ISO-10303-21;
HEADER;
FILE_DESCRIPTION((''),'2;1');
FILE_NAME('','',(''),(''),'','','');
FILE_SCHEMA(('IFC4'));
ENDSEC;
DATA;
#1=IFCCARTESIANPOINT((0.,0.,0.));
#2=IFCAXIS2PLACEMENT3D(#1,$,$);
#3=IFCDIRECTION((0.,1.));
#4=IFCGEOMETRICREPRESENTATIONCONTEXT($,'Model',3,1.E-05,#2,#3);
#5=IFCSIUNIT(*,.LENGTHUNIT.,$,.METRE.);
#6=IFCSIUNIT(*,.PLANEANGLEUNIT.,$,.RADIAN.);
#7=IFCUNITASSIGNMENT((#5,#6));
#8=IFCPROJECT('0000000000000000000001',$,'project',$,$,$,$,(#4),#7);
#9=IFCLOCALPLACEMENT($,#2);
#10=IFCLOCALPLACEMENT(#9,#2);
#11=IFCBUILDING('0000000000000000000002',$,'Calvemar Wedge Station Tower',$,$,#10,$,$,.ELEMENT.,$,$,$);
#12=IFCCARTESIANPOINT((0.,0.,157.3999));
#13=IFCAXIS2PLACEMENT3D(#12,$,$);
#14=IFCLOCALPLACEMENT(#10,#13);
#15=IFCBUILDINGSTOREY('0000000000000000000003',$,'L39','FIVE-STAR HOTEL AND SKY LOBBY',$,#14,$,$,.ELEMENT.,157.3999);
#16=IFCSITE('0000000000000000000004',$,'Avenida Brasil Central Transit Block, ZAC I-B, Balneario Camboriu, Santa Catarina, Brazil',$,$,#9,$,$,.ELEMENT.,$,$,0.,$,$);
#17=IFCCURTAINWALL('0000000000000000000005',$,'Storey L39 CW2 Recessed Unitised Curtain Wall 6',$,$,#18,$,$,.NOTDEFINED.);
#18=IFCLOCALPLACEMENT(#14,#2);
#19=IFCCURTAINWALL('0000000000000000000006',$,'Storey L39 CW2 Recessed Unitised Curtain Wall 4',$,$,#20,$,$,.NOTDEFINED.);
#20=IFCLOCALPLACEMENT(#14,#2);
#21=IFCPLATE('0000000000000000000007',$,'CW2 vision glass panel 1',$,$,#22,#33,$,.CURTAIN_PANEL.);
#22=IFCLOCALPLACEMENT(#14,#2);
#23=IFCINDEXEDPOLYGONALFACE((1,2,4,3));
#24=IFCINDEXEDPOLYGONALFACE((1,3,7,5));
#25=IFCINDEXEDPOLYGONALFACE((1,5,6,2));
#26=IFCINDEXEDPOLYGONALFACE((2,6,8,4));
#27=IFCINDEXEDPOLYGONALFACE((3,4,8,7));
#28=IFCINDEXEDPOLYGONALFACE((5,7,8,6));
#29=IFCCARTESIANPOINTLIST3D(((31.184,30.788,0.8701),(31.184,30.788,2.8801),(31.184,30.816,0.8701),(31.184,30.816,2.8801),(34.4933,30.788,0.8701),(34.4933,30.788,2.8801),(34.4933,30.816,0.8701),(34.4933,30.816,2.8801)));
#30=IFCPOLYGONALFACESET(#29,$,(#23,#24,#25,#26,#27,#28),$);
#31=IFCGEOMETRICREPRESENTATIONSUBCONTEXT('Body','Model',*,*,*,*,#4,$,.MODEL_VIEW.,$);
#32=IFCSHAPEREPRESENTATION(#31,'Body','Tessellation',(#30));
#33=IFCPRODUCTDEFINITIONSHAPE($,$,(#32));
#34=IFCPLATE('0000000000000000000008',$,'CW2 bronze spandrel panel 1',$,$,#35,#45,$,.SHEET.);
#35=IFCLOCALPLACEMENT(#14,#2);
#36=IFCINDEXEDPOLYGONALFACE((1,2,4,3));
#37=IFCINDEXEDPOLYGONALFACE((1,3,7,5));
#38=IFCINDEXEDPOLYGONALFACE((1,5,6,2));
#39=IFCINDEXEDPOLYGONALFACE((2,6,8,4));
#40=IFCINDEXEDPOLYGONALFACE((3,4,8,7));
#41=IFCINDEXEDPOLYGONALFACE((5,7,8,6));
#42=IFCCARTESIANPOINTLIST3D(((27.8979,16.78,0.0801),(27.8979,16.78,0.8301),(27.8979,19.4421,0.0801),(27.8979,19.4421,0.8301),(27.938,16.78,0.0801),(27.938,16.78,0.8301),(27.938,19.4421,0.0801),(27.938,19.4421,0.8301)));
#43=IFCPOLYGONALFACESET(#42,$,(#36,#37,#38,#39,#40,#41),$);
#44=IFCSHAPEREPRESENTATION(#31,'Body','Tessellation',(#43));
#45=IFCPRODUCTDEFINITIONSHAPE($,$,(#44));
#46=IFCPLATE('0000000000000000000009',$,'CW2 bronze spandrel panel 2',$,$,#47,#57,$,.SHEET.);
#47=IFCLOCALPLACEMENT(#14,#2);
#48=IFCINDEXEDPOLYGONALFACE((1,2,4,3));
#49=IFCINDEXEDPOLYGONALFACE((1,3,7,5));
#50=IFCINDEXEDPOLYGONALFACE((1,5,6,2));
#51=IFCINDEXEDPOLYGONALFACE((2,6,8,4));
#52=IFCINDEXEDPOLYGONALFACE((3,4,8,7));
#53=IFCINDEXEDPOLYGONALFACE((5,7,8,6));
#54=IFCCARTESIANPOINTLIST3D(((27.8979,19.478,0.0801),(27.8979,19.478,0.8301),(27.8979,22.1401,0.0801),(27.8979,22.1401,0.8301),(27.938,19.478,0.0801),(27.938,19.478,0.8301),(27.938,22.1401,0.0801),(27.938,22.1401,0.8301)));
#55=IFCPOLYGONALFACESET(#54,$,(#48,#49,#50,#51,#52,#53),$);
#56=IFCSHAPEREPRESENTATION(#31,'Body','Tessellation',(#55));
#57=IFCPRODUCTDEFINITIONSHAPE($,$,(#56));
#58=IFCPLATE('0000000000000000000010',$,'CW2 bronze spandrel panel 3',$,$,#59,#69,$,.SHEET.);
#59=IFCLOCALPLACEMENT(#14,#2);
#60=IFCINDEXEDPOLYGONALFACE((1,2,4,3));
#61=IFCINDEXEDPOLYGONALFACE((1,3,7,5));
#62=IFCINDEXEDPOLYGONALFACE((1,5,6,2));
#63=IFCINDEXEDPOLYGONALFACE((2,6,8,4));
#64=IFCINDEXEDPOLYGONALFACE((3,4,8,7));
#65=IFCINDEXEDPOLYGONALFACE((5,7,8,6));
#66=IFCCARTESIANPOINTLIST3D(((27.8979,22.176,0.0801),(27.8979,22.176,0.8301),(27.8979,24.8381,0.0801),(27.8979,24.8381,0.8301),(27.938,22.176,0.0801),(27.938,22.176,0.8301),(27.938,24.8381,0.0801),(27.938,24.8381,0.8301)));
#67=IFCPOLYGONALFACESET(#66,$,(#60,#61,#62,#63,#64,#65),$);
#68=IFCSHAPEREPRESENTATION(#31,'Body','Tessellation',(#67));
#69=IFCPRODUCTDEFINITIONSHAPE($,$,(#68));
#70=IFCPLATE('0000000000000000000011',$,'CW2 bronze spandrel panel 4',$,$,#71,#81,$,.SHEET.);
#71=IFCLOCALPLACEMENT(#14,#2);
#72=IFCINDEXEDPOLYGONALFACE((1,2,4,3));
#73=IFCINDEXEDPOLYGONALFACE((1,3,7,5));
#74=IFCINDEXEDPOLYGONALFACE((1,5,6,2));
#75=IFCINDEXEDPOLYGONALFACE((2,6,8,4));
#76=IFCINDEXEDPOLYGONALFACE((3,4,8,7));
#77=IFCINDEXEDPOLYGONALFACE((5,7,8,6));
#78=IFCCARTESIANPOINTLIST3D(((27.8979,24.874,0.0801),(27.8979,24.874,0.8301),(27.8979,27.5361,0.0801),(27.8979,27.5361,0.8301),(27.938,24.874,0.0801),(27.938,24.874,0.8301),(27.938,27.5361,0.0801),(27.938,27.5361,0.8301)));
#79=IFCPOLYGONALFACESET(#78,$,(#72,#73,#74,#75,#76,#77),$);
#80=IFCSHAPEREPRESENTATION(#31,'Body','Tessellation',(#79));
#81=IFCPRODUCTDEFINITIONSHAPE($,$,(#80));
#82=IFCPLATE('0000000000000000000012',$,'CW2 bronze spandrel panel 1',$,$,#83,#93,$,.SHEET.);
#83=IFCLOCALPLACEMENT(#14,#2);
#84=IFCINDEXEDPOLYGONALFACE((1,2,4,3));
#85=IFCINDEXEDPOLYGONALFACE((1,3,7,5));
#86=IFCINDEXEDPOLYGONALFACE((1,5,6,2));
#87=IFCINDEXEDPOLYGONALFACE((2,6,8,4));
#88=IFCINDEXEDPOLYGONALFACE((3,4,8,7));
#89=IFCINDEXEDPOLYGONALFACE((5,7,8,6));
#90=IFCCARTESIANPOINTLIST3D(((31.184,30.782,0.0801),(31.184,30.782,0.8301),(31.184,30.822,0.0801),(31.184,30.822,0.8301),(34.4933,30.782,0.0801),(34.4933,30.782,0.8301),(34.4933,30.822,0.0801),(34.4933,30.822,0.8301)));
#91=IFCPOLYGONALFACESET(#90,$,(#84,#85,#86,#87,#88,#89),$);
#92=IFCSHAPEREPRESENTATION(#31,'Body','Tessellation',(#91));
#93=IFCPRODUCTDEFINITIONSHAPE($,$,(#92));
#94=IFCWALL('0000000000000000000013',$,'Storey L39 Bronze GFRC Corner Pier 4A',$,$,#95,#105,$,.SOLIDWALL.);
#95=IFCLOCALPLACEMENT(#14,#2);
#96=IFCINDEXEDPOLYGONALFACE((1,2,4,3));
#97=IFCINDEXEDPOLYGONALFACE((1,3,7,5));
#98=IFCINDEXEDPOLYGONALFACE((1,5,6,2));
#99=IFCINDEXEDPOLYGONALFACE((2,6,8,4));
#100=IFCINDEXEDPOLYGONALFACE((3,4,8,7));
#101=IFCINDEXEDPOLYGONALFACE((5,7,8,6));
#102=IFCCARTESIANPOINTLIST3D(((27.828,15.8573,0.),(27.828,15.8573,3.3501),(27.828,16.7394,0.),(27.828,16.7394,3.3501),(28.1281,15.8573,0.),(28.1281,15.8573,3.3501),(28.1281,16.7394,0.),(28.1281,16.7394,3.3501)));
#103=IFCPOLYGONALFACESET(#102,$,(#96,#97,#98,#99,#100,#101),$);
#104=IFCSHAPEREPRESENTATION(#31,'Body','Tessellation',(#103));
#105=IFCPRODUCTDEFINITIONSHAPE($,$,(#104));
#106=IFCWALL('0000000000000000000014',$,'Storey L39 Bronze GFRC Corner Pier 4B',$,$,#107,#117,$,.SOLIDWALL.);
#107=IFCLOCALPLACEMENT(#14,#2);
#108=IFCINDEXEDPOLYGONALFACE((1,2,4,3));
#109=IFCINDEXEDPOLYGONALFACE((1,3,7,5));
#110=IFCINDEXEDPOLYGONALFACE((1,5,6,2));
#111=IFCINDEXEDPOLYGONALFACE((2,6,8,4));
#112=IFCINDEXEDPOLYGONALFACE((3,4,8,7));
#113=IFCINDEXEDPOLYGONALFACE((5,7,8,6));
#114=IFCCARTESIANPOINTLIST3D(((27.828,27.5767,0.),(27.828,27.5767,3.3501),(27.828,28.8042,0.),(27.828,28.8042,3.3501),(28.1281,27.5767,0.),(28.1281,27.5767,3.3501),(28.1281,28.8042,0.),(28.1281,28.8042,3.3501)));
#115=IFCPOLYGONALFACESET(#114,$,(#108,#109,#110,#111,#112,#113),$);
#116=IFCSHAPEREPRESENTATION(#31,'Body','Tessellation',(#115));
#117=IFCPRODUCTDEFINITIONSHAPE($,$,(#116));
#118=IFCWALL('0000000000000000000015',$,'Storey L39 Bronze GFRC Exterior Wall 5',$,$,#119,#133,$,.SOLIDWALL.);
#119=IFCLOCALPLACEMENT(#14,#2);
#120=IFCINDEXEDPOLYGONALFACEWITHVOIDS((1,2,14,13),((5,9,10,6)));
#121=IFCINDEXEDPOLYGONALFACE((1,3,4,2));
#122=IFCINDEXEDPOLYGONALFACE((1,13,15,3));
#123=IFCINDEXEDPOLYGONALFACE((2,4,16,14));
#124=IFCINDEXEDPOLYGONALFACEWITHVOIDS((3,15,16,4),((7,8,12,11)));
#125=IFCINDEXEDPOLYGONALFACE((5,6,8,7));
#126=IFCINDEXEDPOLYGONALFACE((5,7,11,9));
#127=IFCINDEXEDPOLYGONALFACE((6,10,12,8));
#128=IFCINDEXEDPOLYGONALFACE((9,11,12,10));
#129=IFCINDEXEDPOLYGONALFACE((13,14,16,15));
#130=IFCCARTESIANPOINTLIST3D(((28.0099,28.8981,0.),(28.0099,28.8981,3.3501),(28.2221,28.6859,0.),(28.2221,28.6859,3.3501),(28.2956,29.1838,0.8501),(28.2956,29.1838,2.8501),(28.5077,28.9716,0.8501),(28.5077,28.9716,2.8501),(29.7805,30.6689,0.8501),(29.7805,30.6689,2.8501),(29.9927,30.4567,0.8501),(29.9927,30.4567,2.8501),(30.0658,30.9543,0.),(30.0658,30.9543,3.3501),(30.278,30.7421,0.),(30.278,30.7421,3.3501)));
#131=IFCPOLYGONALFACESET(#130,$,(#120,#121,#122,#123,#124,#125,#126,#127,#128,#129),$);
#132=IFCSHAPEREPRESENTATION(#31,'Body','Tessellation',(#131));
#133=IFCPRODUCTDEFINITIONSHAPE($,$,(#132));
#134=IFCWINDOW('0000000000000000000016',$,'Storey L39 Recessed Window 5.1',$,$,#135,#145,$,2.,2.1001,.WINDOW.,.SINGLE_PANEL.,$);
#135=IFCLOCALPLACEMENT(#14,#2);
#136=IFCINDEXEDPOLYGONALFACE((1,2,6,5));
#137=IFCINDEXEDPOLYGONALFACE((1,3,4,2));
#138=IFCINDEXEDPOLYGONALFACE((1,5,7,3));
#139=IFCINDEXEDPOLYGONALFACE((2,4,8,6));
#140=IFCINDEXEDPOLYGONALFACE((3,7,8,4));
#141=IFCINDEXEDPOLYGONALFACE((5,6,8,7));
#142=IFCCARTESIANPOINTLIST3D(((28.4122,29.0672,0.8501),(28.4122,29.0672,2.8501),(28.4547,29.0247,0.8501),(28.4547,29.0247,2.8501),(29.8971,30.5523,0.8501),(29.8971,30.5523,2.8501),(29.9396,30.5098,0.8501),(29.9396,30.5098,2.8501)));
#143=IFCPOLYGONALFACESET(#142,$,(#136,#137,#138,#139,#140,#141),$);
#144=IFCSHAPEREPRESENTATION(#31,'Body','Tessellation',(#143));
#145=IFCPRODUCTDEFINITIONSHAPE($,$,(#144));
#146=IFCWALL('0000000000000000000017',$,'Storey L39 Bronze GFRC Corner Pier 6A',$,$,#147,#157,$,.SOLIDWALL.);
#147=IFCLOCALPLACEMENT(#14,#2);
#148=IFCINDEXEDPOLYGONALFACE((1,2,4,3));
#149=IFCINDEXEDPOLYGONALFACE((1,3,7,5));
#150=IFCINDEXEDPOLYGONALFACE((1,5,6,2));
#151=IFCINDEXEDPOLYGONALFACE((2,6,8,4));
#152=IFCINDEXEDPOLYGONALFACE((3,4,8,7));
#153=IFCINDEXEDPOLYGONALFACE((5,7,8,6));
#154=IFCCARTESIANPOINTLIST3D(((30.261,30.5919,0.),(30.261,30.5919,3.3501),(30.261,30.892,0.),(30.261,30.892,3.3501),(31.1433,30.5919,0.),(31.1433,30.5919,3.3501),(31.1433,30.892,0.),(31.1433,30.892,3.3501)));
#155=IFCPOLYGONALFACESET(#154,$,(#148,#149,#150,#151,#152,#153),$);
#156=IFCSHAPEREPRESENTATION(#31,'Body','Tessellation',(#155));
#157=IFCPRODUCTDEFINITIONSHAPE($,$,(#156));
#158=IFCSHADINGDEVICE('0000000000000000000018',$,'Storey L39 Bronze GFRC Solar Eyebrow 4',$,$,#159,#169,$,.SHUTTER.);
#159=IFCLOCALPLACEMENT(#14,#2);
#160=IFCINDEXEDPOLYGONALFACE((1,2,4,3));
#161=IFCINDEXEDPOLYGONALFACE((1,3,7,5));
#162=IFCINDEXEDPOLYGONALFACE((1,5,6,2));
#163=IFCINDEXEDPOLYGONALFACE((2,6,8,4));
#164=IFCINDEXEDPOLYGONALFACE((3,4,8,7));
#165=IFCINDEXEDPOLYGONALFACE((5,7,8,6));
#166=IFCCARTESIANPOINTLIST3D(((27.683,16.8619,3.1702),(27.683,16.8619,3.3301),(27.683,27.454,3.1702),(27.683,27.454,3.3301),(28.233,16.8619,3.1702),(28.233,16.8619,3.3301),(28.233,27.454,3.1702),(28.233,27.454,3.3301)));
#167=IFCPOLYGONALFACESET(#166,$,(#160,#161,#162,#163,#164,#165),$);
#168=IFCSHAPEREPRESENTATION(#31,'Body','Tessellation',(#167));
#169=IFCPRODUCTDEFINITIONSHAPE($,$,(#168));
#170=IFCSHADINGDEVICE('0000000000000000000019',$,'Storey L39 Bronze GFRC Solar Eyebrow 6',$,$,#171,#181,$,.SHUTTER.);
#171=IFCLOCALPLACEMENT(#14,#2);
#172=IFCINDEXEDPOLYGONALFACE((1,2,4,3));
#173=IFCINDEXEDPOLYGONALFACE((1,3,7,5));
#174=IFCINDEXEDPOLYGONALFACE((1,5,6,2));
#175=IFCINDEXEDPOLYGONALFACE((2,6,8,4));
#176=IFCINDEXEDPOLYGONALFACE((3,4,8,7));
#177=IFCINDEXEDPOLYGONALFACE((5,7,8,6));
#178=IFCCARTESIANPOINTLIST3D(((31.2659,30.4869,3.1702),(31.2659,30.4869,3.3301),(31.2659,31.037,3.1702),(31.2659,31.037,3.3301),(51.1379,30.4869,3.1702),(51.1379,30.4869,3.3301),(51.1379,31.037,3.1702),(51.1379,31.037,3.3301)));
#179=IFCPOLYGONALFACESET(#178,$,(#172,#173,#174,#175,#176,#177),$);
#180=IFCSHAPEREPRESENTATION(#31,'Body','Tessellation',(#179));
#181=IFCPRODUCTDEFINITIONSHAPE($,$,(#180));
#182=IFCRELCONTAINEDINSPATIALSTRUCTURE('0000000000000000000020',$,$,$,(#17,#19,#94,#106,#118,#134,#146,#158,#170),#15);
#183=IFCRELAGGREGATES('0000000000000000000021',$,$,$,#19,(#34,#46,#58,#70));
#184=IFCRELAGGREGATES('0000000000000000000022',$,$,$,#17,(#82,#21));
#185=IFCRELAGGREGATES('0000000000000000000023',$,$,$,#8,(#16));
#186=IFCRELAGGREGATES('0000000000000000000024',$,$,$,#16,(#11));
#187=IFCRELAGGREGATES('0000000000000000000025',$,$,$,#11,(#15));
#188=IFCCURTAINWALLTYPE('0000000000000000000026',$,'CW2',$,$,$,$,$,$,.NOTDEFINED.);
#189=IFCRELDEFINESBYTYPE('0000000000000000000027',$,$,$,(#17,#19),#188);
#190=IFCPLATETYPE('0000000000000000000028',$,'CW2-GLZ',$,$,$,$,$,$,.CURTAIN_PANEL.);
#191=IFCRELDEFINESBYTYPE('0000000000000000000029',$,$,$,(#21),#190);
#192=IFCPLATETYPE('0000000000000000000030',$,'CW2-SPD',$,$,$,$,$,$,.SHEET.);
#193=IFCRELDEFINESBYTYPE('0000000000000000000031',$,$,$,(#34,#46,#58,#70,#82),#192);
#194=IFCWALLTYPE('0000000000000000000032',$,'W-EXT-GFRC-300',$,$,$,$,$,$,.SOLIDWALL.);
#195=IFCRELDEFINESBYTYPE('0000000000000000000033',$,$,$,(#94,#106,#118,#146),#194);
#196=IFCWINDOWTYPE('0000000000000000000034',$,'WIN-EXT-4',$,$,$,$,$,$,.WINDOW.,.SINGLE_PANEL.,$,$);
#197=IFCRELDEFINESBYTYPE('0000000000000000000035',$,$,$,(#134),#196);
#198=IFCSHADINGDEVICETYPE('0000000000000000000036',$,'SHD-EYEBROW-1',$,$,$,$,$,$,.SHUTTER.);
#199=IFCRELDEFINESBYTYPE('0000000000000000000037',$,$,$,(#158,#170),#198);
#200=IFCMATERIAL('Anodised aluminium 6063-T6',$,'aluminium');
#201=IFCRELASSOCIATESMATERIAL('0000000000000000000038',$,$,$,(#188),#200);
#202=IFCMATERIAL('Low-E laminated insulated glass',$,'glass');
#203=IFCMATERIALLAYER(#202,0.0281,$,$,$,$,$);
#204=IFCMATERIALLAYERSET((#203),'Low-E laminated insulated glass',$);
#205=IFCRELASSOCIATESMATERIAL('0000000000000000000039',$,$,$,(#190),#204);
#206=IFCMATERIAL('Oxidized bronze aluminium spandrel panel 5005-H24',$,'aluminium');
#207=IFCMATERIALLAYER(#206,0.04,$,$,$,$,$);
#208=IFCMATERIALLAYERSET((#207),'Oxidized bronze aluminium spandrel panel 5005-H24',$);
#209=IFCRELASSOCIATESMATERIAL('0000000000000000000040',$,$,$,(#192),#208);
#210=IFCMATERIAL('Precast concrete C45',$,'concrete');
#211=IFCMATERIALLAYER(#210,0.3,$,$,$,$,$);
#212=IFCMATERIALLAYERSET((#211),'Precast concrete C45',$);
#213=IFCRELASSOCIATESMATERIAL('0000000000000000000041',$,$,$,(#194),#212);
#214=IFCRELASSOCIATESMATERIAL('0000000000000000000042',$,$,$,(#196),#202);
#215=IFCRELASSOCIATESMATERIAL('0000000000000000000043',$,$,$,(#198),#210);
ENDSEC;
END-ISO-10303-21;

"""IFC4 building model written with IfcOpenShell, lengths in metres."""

from ifc_helpers import new_model, si_unit, direction, frame, frame_2d, origin, place, context, subcontext, project, spatial, rectangle, extrude, source, transform, mapped, material, layer, layer_set, type_object, element, fill, aggregate, save


model = new_model("IFC4")

# Units and contexts
model_context = context("Model", 3, precision=1e-05, world=origin(), true_north=direction((0.0, 1.0)))
body_context = subcontext(model_context, "Body", "Model", "MODEL_VIEW")
ifc_project = project(units=[si_unit("LENGTHUNIT", "METRE"), si_unit("PLANEANGLEUNIT", "RADIAN")], contexts=[model_context])

# Site, building, storey
site_placement = place(None, origin())
site = spatial("IfcSite", under=ifc_project, at=site_placement, Name="Avenida Brasil Central Transit Block, ZAC I-B, Balneario Camboriu, Santa Catarina, Brazil", CompositionType="ELEMENT", RefElevation=0.0)
building_placement = place(site_placement, origin())
building = spatial("IfcBuilding", under=site, at=building_placement, Name="Calvemar Wedge Station Tower", CompositionType="ELEMENT")
storey_placement = place(building_placement, frame((0.0, 0.0, 157.3999)))
storey = spatial("IfcBuildingStorey", under=building, at=storey_placement, Name="L39", Description="FIVE-STAR HOTEL AND SKY LOBBY", CompositionType="ELEMENT", Elevation=157.3999)

# Curtain wall
ifc_material_1 = material(Name="Anodised aluminium 6063-T6", Category="aluminium")
curtain_wall_type = type_object("IfcCurtainWallType", Name="CW2", PredefinedType="NOTDEFINED", material=ifc_material_1)
curtain_wall_1_placement = place(storey_placement, origin())
curtain_wall_1 = element("IfcCurtainWall", 1, at=curtain_wall_1_placement, inside=storey, type_object=curtain_wall_type, Name="Storey L39 CW2 Recessed Unitised Curtain Wall 6", PredefinedType="NOTDEFINED")

# Curtain wall
curtain_wall_2_placement = place(storey_placement, origin())
curtain_wall_2 = element("IfcCurtainWall", 2, at=curtain_wall_2_placement, inside=storey, type_object=curtain_wall_type, Name="Storey L39 CW2 Recessed Unitised Curtain Wall 4", PredefinedType="NOTDEFINED")

# Plates
ifc_material_2 = material(Name="Low-E laminated insulated glass", Category="glass")
ifc_layer_1 = layer(ifc_material_2, 0.0281)
ifc_layer_set_1 = layer_set([ifc_layer_1], Name="Low-E laminated insulated glass")
plate_type_1 = type_object("IfcPlateType", Name="CW2-GLZ", PredefinedType="CURTAIN_PANEL", material=ifc_layer_set_1)
plate_1_placement = place(storey_placement, frame((31.1838, 30.802, 0.8701), z_axis=(0.0, 0.0, 1.0), x_axis=(1.0, 0.0, 0.0)))
plate_1 = element("IfcPlate", 3, at=plate_1_placement, type_object=plate_type_1, Name="CW2 vision glass panel 1", PredefinedType="CURTAIN_PANEL", context=body_context, shape_type="SweptSolid", body=[
    extrude(rectangle(XDim=3.3093, YDim=0.0281, at=frame_2d((1.6548, 0.0))), origin(), (0.0, 0.0, 1.0), 2.01),
])
ifc_material_3 = material(Name="Oxidized bronze aluminium spandrel panel 5005-H24", Category="aluminium")
ifc_layer_2 = layer(ifc_material_3, 0.04)
ifc_layer_set_2 = layer_set([ifc_layer_2], Name="Oxidized bronze aluminium spandrel panel 5005-H24")
plate_type_2 = type_object("IfcPlateType", Name="CW2-SPD", PredefinedType="SHEET", material=ifc_layer_set_2)
plate_2_placement = place(storey_placement, frame((27.918, 16.78, 0.0801), z_axis=(0.0, 0.0, 1.0), x_axis=(0.0, 1.0, 0.0)))
plate_2 = element("IfcPlate", 4, at=plate_2_placement, type_object=plate_type_2, Name="CW2 bronze spandrel panel 1", PredefinedType="SHEET", context=body_context, shape_type="SweptSolid", body=[
    extrude(rectangle(XDim=2.6621, YDim=0.04, at=frame_2d((1.3311, 0.0))), origin(), (0.0, 0.0, 1.0), 0.75),
])
plate_3_placement = place(storey_placement, frame((27.918, 19.478, 0.0801), z_axis=(0.0, 0.0, 1.0), x_axis=(0.0, 1.0, 0.0)))
plate_3 = element("IfcPlate", 5, at=plate_3_placement, type_object=plate_type_2, Name="CW2 bronze spandrel panel 2", PredefinedType="SHEET", context=body_context, shape_type="SweptSolid", body=[
    extrude(rectangle(XDim=2.6621, YDim=0.04, at=frame_2d((1.3311, 0.0))), origin(), (0.0, 0.0, 1.0), 0.75),
])
plate_4_placement = place(storey_placement, frame((27.918, 22.176, 0.0801), z_axis=(0.0, 0.0, 1.0), x_axis=(0.0, 1.0, 0.0)))
plate_4 = element("IfcPlate", 6, at=plate_4_placement, type_object=plate_type_2, Name="CW2 bronze spandrel panel 3", PredefinedType="SHEET", context=body_context, shape_type="SweptSolid", body=[
    extrude(rectangle(XDim=2.6621, YDim=0.04, at=frame_2d((1.3311, 0.0))), origin(), (0.0, 0.0, 1.0), 0.75),
])
plate_5_placement = place(storey_placement, frame((27.918, 24.874, 0.0801), z_axis=(0.0, 0.0, 1.0), x_axis=(0.0, 1.0, 0.0)))
plate_5 = element("IfcPlate", 7, at=plate_5_placement, type_object=plate_type_2, Name="CW2 bronze spandrel panel 4", PredefinedType="SHEET", context=body_context, shape_type="SweptSolid", body=[
    extrude(rectangle(XDim=2.6621, YDim=0.04, at=frame_2d((1.3311, 0.0))), origin(), (0.0, 0.0, 1.0), 0.75),
])
aggregate(curtain_wall_2, [plate_2, plate_3, plate_4, plate_5])
plate_6_placement = place(storey_placement, frame((31.1838, 30.802, 0.0801), z_axis=(0.0, 0.0, 1.0), x_axis=(1.0, 0.0, 0.0)))
plate_6 = element("IfcPlate", 8, at=plate_6_placement, type_object=plate_type_2, Name="CW2 bronze spandrel panel 1", PredefinedType="SHEET", context=body_context, shape_type="SweptSolid", body=[
    extrude(rectangle(XDim=3.3093, YDim=0.04, at=frame_2d((1.6548, 0.0))), origin(), (0.0, 0.0, 1.0), 0.75),
])
aggregate(curtain_wall_1, [plate_6, plate_1])

# Walls
ifc_material_4 = material(Name="Precast concrete C45", Category="concrete")
ifc_layer_3 = layer(ifc_material_4, 0.3)
ifc_layer_set_3 = layer_set([ifc_layer_3], Name="Precast concrete C45")
wall_type = type_object("IfcWallType", Name="W-EXT-GFRC-300", PredefinedType="SOLIDWALL", material=ifc_layer_set_3)
wall_1_placement = place(storey_placement, frame((27.978, 15.8574, 0.0), z_axis=(0.0, 0.0, 1.0), x_axis=(0.0, 1.0, 0.0)))
element("IfcWall", 9, at=wall_1_placement, inside=storey, type_object=wall_type, Name="Storey L39 Bronze GFRC Corner Pier 4A", PredefinedType="SOLIDWALL", context=body_context, shape_type="SweptSolid", body=[
    extrude(rectangle(XDim=0.8821, YDim=0.3, at=frame_2d((0.4409, 0.0))), origin(), (0.0, 0.0, 1.0), 3.3501),
])
wall_2_placement = place(storey_placement, frame((27.978, 27.5767, 0.0), z_axis=(0.0, 0.0, 1.0), x_axis=(0.0, 1.0, 0.0)))
element("IfcWall", 10, at=wall_2_placement, inside=storey, type_object=wall_type, Name="Storey L39 Bronze GFRC Corner Pier 4B", PredefinedType="SOLIDWALL", context=body_context, shape_type="SweptSolid", body=[
    extrude(rectangle(XDim=1.2275, YDim=0.3, at=frame_2d((0.6138, 0.0))), origin(), (0.0, 0.0, 1.0), 3.3501),
])

# Wall, opening, window
wall_3_placement = place(storey_placement, frame((28.116, 28.792, 0.0), z_axis=(0.0, 0.0, 1.0), x_axis=(0.707065, 0.707149, 0.0)))
wall_3 = element("IfcWall", 11, at=wall_3_placement, inside=storey, type_object=wall_type, Name="Storey L39 Bronze GFRC Exterior Wall 5", PredefinedType="SOLIDWALL", context=body_context, shape_type="SweptSolid", body=[
    extrude(rectangle(XDim=2.9077, YDim=0.3, at=frame_2d((1.4539, 0.0))), origin(), (0.0, 0.0, 1.0), 3.3501),
])
shared_shape_1 = source(origin(), body_context, "Body", "SweptSolid", [
    extrude(rectangle(XDim=2.1001, YDim=2.0, at=frame_2d((1.05, 1.0))), frame((0.0, 0.1602, 0.0), z_axis=(0.0, -1.0, 0.0), x_axis=(1.0, 0.0, 0.0)), (0.0, 0.0, 1.0), 0.3201),
])
opening_placement = place(wall_3_placement, frame((0.4041, 0.0, 0.8501)))
opening = element("IfcOpeningElement", 12, at=opening_placement, cuts=wall_3, PredefinedType="OPENING", context=body_context, shape_type="MappedRepresentation", body=[
    mapped(shared_shape_1, transform((0.0, 0.0, 0.0), scale=1.0)),
])
window_type = type_object("IfcWindowType", Name="WIN-EXT-4", PartitioningType="SINGLE_PANEL", PredefinedType="WINDOW", material=ifc_material_2)
shared_shape_2 = source(origin(), body_context, "Body", "SweptSolid", [
    extrude(rectangle(XDim=2.1001, YDim=2.0, at=frame_2d((1.05, 1.0))), frame((0.0, -0.0149, 0.0), z_axis=(0.0, -1.0, 0.0), x_axis=(1.0, 0.0, 0.0)), (0.0, 0.0, 1.0), 0.0601),
])
window_placement = place(opening_placement, origin())
window = element("IfcWindow", 13, at=window_placement, inside=storey, type_object=window_type, Name="Storey L39 Recessed Window 5.1", OverallHeight=2.0, OverallWidth=2.1001, PartitioningType="SINGLE_PANEL", PredefinedType="WINDOW", context=body_context, shape_type="MappedRepresentation", body=[
    mapped(shared_shape_2, transform((0.0, 0.0, 0.0), scale=1.0)),
])
fill(opening, window)

# Wall
wall_4_placement = place(storey_placement, frame((30.261, 30.7419, 0.0), z_axis=(0.0, 0.0, 1.0), x_axis=(1.0, 0.0, 0.0)))
element("IfcWall", 14, at=wall_4_placement, inside=storey, type_object=wall_type, Name="Storey L39 Bronze GFRC Corner Pier 6A", PredefinedType="SOLIDWALL", context=body_context, shape_type="SweptSolid", body=[
    extrude(rectangle(XDim=0.8823, YDim=0.3, at=frame_2d((0.4412, 0.0))), origin(), (0.0, 0.0, 1.0), 3.3501),
])

# Shading devices
shading_device_type = type_object("IfcShadingDeviceType", Name="SHD-EYEBROW-1", PredefinedType="SHUTTER", material=ifc_material_4)
shading_device_1_placement = place(storey_placement, frame((27.958, 16.8621, 3.1702), z_axis=(0.0, 0.0, 1.0), x_axis=(0.0, 1.0, 0.0)))
element("IfcShadingDevice", 15, at=shading_device_1_placement, inside=storey, type_object=shading_device_type, Name="Storey L39 Bronze GFRC Solar Eyebrow 4", PredefinedType="SHUTTER", context=body_context, shape_type="SweptSolid", body=[
    extrude(rectangle(XDim=10.592, YDim=0.55, at=frame_2d((5.2959, 0.0))), origin(), (0.0, 0.0, 1.0), 0.1599),
])
shading_device_2_placement = place(storey_placement, frame((31.2659, 30.762, 3.1702), z_axis=(0.0, 0.0, 1.0), x_axis=(1.0, 0.0, 0.0)))
element("IfcShadingDevice", 16, at=shading_device_2_placement, inside=storey, type_object=shading_device_type, Name="Storey L39 Bronze GFRC Solar Eyebrow 6", PredefinedType="SHUTTER", context=body_context, shape_type="SweptSolid", body=[
    extrude(rectangle(XDim=19.8721, YDim=0.55, at=frame_2d((9.936, 0.0))), origin(), (0.0, 0.0, 1.0), 0.1599),
])

save(model, "model.ifc")
